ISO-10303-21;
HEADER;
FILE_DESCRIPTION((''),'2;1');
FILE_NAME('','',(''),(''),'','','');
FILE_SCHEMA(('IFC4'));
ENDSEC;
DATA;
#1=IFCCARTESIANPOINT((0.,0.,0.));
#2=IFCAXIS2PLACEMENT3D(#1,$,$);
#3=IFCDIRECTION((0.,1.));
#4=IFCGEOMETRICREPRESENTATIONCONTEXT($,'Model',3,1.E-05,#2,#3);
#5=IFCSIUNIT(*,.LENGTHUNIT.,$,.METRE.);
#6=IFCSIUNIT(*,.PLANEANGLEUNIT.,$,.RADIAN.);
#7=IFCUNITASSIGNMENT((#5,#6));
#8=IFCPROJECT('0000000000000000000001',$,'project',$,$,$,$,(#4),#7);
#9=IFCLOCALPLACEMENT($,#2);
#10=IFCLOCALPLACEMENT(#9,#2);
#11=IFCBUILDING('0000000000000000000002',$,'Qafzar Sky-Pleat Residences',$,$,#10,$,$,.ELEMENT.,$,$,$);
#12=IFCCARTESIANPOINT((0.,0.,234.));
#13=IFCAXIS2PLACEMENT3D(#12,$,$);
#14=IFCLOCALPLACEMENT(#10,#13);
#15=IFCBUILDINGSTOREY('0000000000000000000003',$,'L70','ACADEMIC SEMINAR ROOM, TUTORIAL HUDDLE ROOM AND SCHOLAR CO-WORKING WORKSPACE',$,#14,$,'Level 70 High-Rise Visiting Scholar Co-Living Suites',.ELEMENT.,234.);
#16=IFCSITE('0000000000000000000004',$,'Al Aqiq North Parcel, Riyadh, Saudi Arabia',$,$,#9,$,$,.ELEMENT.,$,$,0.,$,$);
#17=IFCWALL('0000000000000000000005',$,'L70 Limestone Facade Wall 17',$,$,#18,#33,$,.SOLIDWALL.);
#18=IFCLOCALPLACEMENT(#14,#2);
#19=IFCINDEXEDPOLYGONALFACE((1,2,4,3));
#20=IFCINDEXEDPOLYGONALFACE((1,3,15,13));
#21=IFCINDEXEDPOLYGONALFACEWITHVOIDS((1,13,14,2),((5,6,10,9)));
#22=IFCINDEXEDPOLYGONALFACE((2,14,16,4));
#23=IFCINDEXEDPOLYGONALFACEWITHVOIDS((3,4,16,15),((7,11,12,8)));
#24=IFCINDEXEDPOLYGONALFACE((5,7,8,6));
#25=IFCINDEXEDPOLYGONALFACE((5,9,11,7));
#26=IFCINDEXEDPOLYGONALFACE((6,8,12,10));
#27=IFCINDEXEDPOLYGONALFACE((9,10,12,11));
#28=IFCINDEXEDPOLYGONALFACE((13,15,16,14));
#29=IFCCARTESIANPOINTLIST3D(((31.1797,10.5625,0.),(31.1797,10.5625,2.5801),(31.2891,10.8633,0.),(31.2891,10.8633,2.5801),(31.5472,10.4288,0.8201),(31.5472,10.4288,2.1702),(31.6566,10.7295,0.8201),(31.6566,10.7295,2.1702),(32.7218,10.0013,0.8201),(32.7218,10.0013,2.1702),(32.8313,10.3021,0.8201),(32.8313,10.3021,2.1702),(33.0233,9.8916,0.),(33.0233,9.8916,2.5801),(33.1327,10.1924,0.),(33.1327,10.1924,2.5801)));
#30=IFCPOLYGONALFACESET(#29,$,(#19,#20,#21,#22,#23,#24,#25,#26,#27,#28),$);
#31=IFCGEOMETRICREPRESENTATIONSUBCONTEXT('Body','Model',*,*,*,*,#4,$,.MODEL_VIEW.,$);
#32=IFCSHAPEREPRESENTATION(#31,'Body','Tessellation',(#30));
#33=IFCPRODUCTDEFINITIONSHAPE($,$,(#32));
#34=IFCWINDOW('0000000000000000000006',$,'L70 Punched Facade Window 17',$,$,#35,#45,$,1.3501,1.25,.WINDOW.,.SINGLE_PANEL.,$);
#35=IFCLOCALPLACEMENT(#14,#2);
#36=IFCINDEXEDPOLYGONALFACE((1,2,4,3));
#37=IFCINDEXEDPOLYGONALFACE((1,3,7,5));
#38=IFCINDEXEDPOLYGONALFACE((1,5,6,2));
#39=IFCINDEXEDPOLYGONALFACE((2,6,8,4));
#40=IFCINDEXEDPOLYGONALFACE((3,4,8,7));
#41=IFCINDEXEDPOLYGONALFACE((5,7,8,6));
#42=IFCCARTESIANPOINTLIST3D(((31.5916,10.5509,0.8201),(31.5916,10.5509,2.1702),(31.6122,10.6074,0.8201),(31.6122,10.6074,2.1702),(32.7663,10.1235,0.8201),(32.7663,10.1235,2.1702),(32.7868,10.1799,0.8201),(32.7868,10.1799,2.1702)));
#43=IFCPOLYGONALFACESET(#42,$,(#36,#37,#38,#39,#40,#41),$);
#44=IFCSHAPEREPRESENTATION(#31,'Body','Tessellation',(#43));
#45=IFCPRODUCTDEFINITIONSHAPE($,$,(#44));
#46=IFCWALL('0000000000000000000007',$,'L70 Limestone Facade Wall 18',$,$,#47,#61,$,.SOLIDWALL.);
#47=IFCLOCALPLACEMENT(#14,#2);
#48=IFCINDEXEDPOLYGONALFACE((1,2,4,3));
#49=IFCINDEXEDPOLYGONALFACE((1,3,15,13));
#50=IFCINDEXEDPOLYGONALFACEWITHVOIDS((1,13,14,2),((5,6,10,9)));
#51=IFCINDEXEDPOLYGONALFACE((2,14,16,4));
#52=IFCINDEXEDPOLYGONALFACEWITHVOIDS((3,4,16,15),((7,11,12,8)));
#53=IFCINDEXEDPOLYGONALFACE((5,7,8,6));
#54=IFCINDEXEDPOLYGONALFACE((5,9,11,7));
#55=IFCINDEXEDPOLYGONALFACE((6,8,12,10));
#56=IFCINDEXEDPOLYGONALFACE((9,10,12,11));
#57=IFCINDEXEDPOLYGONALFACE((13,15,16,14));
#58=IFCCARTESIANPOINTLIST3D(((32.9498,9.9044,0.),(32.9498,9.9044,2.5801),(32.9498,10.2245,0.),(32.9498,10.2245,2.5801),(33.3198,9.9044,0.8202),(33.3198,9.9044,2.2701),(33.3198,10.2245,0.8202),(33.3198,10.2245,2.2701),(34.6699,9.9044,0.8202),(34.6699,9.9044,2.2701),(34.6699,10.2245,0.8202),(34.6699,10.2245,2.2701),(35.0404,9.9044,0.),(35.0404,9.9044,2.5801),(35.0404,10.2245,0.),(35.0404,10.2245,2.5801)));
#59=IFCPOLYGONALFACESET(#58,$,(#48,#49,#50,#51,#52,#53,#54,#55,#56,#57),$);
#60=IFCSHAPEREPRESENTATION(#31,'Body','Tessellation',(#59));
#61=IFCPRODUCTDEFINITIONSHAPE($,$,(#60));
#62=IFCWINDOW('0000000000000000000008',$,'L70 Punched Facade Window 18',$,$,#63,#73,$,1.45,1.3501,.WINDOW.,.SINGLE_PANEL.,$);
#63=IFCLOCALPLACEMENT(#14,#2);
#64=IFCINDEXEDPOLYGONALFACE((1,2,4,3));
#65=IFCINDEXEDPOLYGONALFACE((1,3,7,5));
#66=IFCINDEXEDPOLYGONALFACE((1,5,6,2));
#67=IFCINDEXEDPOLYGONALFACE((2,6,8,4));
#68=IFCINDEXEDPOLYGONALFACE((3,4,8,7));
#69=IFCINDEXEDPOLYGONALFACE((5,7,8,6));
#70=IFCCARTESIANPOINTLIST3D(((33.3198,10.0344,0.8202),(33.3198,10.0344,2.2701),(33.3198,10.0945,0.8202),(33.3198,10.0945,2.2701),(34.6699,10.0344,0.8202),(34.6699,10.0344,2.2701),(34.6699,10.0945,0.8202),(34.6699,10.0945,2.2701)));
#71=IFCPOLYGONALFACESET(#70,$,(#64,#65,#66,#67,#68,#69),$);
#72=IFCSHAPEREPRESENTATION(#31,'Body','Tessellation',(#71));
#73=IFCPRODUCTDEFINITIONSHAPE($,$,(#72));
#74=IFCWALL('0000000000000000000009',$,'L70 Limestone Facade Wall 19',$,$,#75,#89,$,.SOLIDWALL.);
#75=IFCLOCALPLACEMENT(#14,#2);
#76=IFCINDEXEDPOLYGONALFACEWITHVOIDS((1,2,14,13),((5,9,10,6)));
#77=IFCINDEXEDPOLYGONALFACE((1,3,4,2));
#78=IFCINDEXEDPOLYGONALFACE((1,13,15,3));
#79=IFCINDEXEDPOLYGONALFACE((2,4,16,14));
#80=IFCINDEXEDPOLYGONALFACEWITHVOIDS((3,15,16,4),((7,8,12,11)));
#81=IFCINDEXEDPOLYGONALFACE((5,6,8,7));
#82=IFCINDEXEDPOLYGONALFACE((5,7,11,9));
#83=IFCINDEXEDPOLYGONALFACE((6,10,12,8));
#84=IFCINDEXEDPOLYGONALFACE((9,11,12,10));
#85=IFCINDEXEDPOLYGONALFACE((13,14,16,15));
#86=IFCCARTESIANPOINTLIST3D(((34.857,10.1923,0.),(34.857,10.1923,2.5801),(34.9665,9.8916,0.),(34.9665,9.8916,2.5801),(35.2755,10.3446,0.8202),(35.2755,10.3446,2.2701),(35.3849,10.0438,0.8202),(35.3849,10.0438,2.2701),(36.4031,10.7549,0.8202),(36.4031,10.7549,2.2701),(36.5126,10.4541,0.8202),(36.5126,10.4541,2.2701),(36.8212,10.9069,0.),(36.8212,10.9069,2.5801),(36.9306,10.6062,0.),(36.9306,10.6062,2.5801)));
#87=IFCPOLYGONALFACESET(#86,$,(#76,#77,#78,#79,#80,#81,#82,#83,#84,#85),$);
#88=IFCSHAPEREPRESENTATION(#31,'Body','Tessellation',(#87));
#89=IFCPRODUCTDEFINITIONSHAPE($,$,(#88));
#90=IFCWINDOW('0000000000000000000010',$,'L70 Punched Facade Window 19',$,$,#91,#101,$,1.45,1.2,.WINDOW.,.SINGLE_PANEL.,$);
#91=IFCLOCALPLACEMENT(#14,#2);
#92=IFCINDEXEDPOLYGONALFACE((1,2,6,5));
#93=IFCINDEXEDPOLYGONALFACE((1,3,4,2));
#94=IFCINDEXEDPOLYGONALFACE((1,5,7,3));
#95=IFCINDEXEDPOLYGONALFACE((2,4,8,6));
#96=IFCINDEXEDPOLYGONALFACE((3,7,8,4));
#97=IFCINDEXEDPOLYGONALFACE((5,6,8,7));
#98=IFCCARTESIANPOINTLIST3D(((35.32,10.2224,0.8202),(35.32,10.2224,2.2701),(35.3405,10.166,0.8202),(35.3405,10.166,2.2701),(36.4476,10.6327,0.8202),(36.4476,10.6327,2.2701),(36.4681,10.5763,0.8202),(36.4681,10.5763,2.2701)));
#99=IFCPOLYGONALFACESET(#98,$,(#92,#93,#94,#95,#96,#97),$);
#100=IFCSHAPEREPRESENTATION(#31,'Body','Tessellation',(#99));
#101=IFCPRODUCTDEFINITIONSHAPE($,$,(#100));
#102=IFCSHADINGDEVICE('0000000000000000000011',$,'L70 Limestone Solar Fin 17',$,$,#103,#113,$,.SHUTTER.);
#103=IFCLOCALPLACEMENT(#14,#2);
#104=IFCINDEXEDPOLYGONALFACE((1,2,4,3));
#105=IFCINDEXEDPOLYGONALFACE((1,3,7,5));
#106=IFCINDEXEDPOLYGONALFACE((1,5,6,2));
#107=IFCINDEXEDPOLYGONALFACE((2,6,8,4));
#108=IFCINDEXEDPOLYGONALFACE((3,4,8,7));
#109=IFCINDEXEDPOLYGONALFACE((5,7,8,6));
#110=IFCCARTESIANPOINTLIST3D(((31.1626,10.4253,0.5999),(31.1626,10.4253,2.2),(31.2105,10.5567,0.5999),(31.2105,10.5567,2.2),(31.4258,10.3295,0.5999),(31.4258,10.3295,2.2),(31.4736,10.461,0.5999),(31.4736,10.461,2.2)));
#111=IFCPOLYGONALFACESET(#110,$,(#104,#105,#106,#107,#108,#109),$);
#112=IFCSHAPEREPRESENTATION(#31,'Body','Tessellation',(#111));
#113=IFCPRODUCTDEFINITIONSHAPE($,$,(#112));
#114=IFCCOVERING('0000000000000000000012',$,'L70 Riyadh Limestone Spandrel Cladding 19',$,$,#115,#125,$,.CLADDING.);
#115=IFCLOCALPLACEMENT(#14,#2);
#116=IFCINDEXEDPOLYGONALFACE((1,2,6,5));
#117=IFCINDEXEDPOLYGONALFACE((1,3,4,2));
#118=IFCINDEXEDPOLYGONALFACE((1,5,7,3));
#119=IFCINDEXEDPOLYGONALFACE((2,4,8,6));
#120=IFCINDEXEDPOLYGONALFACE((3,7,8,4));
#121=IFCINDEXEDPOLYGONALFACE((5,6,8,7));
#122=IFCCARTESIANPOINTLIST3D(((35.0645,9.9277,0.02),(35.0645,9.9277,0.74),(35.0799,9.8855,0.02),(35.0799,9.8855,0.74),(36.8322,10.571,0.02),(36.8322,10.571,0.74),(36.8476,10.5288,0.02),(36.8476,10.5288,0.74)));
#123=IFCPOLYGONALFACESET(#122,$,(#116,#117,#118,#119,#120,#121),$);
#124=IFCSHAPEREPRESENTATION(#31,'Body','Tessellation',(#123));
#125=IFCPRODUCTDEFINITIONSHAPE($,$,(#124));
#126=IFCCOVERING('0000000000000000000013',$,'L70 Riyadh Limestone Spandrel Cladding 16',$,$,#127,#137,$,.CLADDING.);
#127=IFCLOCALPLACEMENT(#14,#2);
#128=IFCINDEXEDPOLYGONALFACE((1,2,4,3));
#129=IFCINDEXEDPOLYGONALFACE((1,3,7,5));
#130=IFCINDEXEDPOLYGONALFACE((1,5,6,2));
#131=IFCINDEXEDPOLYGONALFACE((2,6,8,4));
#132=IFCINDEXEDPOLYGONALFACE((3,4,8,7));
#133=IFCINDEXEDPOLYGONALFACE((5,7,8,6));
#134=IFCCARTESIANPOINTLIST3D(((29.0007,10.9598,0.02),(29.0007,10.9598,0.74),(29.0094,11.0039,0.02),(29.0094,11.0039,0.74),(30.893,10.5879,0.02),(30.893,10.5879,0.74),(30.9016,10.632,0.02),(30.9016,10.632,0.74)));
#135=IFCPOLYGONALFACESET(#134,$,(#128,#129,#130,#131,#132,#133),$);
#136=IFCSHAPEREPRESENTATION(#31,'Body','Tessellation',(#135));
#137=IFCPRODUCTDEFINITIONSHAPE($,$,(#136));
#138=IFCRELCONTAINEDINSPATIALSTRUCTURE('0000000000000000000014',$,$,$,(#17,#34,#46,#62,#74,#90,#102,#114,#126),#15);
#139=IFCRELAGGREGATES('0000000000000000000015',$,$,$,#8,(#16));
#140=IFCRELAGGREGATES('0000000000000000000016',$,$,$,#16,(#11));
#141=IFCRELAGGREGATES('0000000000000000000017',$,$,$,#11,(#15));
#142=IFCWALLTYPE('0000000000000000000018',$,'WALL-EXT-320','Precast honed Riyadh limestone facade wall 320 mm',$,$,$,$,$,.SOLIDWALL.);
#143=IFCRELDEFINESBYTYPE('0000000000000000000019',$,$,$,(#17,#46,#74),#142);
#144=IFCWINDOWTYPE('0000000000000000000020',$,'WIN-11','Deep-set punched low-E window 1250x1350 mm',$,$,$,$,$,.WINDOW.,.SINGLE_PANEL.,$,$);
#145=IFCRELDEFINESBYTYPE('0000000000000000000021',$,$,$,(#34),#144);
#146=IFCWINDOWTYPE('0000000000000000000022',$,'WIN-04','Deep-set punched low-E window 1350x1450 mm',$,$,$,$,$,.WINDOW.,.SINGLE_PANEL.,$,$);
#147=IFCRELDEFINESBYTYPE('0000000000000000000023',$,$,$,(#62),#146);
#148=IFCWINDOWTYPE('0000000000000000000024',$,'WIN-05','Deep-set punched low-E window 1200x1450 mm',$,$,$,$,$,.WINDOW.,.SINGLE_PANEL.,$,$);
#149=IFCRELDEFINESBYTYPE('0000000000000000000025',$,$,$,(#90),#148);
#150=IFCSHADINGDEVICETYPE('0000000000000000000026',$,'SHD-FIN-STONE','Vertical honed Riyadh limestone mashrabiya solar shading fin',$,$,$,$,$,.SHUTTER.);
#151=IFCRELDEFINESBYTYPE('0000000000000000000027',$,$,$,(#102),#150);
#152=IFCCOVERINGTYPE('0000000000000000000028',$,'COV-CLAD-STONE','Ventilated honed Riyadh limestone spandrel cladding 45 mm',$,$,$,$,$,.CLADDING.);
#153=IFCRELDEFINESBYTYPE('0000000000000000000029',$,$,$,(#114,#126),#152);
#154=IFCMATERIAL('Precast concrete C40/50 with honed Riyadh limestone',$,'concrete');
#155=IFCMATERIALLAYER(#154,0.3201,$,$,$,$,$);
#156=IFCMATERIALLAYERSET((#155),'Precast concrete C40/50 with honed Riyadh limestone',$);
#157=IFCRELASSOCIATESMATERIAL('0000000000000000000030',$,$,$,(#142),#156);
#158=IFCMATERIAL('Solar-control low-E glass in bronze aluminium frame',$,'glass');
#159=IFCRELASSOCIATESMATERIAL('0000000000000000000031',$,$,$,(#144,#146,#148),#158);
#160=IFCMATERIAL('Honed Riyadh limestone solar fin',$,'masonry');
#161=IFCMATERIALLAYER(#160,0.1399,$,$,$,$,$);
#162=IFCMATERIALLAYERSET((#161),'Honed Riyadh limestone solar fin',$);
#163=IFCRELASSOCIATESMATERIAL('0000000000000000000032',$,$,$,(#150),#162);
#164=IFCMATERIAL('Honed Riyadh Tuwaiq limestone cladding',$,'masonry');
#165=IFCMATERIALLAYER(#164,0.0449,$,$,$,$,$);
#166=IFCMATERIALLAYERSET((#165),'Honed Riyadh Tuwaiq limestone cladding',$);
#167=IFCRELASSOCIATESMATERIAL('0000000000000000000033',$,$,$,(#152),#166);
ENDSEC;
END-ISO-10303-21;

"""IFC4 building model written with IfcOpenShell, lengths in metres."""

from ifc_helpers import new_model, si_unit, direction, frame, frame_2d, origin, origin_2d, place, context, subcontext, project, spatial, rectangle, extrude, source, transform, mapped, material, layer, layer_set, type_object, element, fill, save


model = new_model("IFC4")

# Units and contexts
model_context = context("Model", 3, precision=1e-05, world=origin(), true_north=direction((0.0, 1.0)))
body_context = subcontext(model_context, "Body", "Model", "MODEL_VIEW")
ifc_project = project(units=[si_unit("LENGTHUNIT", "METRE"), si_unit("PLANEANGLEUNIT", "RADIAN")], contexts=[model_context])

# Site, building, storey
site_placement = place(None, origin())
site = spatial("IfcSite", under=ifc_project, at=site_placement, Name="Al Aqiq North Parcel, Riyadh, Saudi Arabia", CompositionType="ELEMENT", RefElevation=0.0)
building_placement = place(site_placement, origin())
building = spatial("IfcBuilding", under=site, at=building_placement, Name="Qafzar Sky-Pleat Residences", CompositionType="ELEMENT")
storey_placement = place(building_placement, frame((0.0, 0.0, 234.0)))
storey = spatial("IfcBuildingStorey", under=building, at=storey_placement, Name="L70", Description="ACADEMIC SEMINAR ROOM, TUTORIAL HUDDLE ROOM AND SCHOLAR CO-WORKING WORKSPACE", LongName="Level 70 High-Rise Visiting Scholar Co-Living Suites", CompositionType="ELEMENT", Elevation=234.0)

# Walls, openings, windows
ifc_material_1 = material(Name="Precast concrete C40/50 with honed Riyadh limestone", Category="concrete")
ifc_layer_1 = layer(ifc_material_1, 0.3201)
ifc_layer_set_1 = layer_set([ifc_layer_1], Name="Precast concrete C40/50 with honed Riyadh limestone")
wall_type = type_object("IfcWallType", Name="WALL-EXT-320", Description="Precast honed Riyadh limestone facade wall 320 mm", PredefinedType="SOLIDWALL", material=ifc_layer_set_1)
ifc_material_2 = material(Name="Solar-control low-E glass in bronze aluminium frame", Category="glass")
wall_1_placement = place(storey_placement, frame((31.2344, 10.7129, 0.0), z_axis=(0.0, 0.0, 1.0), x_axis=(0.939721, -0.341943, 0.0)))
wall_1 = element("IfcWall", 1, at=wall_1_placement, inside=storey, type_object=wall_type, Name="L70 Limestone Facade Wall 17", PredefinedType="SOLIDWALL", context=body_context, shape_type="SweptSolid", body=[
    extrude(rectangle(XDim=1.9619, YDim=0.3201, at=frame_2d((0.981, 0.0))), origin(), (0.0, 0.0, 1.0), 2.5801),
])
opening_1_placement = place(wall_1_placement, frame((0.3911, 0.0, 0.8201)))
opening_1 = element("IfcOpeningElement", 2, at=opening_1_placement, cuts=wall_1, PredefinedType="OPENING", context=body_context, shape_type="SweptSolid", body=[
    extrude(rectangle(XDim=1.25, YDim=1.3501, at=frame_2d((0.625, 0.675))), frame((0.0, 0.1699, 0.0), z_axis=(0.0, -1.0, 0.0), x_axis=(1.0, 0.0, 0.0)), (0.0, 0.0, 1.0), 0.3401),
])
window_type_1 = type_object("IfcWindowType", Name="WIN-11", Description="Deep-set punched low-E window 1250x1350 mm", PartitioningType="SINGLE_PANEL", PredefinedType="WINDOW", material=ifc_material_2)
shared_shape_1 = source(origin(), body_context, "Body", "SweptSolid", [
    extrude(rectangle(XDim=1.25, YDim=1.3501, at=frame_2d((0.625, 0.675))), frame((0.0, 0.03, 0.0), z_axis=(0.0, -1.0, 0.0), x_axis=(1.0, 0.0, 0.0)), (0.0, 0.0, 1.0), 0.0601),
])
window_1_placement = place(opening_1_placement, origin())
window_1 = element("IfcWindow", 3, at=window_1_placement, inside=storey, type_object=window_type_1, Name="L70 Punched Facade Window 17", OverallHeight=1.3501, OverallWidth=1.25, PartitioningType="SINGLE_PANEL", PredefinedType="WINDOW", context=body_context, shape_type="MappedRepresentation", body=[
    mapped(shared_shape_1, transform((0.0, 0.0, 0.0), x_axis=(1.0, 0.0, 0.0), y_axis=(0.0, 1.0, 0.0), z_axis=(0.0, 0.0, 1.0), scale=1.0)),
])
fill(opening_1, window_1)
wall_2_placement = place(storey_placement, frame((32.9497, 10.0645, 0.0), z_axis=(0.0, 0.0, 1.0), x_axis=(1.0, 0.0, 0.0)))
wall_2 = element("IfcWall", 4, at=wall_2_placement, inside=storey, type_object=wall_type, Name="L70 Limestone Facade Wall 18", PredefinedType="SOLIDWALL", context=body_context, shape_type="SweptSolid", body=[
    extrude(rectangle(XDim=2.0906, YDim=0.3201, at=frame_2d((1.0454, 0.0))), origin(), (0.0, 0.0, 1.0), 2.5801),
])
opening_2_placement = place(wall_2_placement, frame((0.3701, 0.0, 0.8201)))
opening_2 = element("IfcOpeningElement", 5, at=opening_2_placement, cuts=wall_2, PredefinedType="OPENING", context=body_context, shape_type="SweptSolid", body=[
    extrude(rectangle(XDim=1.3501, YDim=1.45, at=frame_2d((0.675, 0.7251))), frame((0.0, 0.1699, 0.0), z_axis=(0.0, -1.0, 0.0), x_axis=(1.0, 0.0, 0.0)), (0.0, 0.0, 1.0), 0.3401),
])
window_type_2 = type_object("IfcWindowType", Name="WIN-04", Description="Deep-set punched low-E window 1350x1450 mm", PartitioningType="SINGLE_PANEL", PredefinedType="WINDOW", material=ifc_material_2)
shared_shape_2 = source(origin(), body_context, "Body", "SweptSolid", [
    extrude(rectangle(XDim=1.3501, YDim=1.45, at=frame_2d((0.675, 0.7251))), frame((0.0, 0.03, 0.0), z_axis=(0.0, -1.0, 0.0), x_axis=(1.0, 0.0, 0.0)), (0.0, 0.0, 1.0), 0.0601),
])
window_2_placement = place(opening_2_placement, origin())
window_2 = element("IfcWindow", 6, at=window_2_placement, inside=storey, type_object=window_type_2, Name="L70 Punched Facade Window 18", OverallHeight=1.45, OverallWidth=1.3501, PartitioningType="SINGLE_PANEL", PredefinedType="WINDOW", context=body_context, shape_type="MappedRepresentation", body=[
    mapped(shared_shape_2, transform((0.0, 0.0, 0.0), x_axis=(1.0, 0.0, 0.0), y_axis=(0.0, 1.0, 0.0), z_axis=(0.0, 0.0, 1.0), scale=1.0)),
])
fill(opening_2, window_2)
wall_3_placement = place(storey_placement, frame((34.9119, 10.042, 0.0), z_axis=(0.0, 0.0, 1.0), x_axis=(0.939735, 0.341902, 0.0)))
wall_3 = element("IfcWall", 7, at=wall_3_placement, inside=storey, type_object=wall_type, Name="L70 Limestone Facade Wall 19", PredefinedType="SOLIDWALL", context=body_context, shape_type="SweptSolid", body=[
    extrude(rectangle(XDim=2.0901, YDim=0.3201, at=frame_2d((1.0449, 0.0))), origin(), (0.0, 0.0, 1.0), 2.5801),
])
opening_3_placement = place(wall_3_placement, frame((0.4451, 0.0, 0.8201)))
opening_3 = element("IfcOpeningElement", 8, at=opening_3_placement, cuts=wall_3, PredefinedType="OPENING", context=body_context, shape_type="SweptSolid", body=[
    extrude(rectangle(XDim=1.2, YDim=1.45, at=frame_2d((0.6001, 0.7251))), frame((0.0, 0.1699, 0.0), z_axis=(0.0, -1.0, 0.0), x_axis=(1.0, 0.0, 0.0)), (0.0, 0.0, 1.0), 0.3401),
])
window_type_3 = type_object("IfcWindowType", Name="WIN-05", Description="Deep-set punched low-E window 1200x1450 mm", PartitioningType="SINGLE_PANEL", PredefinedType="WINDOW", material=ifc_material_2)
shared_shape_3 = source(origin(), body_context, "Body", "SweptSolid", [
    extrude(rectangle(XDim=1.2, YDim=1.45, at=frame_2d((0.6001, 0.7251))), frame((0.0, 0.03, 0.0), z_axis=(0.0, -1.0, 0.0), x_axis=(1.0, 0.0, 0.0)), (0.0, 0.0, 1.0), 0.0601),
])
window_3_placement = place(opening_3_placement, origin())
window_3 = element("IfcWindow", 9, at=window_3_placement, inside=storey, type_object=window_type_3, Name="L70 Punched Facade Window 19", OverallHeight=1.45, OverallWidth=1.2, PartitioningType="SINGLE_PANEL", PredefinedType="WINDOW", context=body_context, shape_type="MappedRepresentation", body=[
    mapped(shared_shape_3, transform((0.0, 0.0, 0.0), x_axis=(1.0, 0.0, 0.0), y_axis=(0.0, 1.0, 0.0), z_axis=(0.0, 0.0, 1.0), scale=1.0)),
])
fill(opening_3, window_3)

# Shading device
ifc_material_3 = material(Name="Honed Riyadh limestone solar fin", Category="masonry")
ifc_layer_2 = layer(ifc_material_3, 0.1399)
ifc_layer_set_2 = layer_set([ifc_layer_2], Name="Honed Riyadh limestone solar fin")
shading_device_type = type_object("IfcShadingDeviceType", Name="SHD-FIN-STONE", Description="Vertical honed Riyadh limestone mashrabiya solar shading fin", PredefinedType="SHUTTER", material=ifc_layer_set_2)
shared_shape_4 = source(origin(), body_context, "Body", "SweptSolid", [
    extrude(rectangle(XDim=0.1399, YDim=0.28, at=origin_2d()), origin(), (0.0, 0.0, 1.0), 1.6001),
])
shading_device_placement = place(storey_placement, frame((31.3181, 10.4431, 0.5999), z_axis=(0.0, 0.0, 1.0), x_axis=(-0.34201, -0.939696, 0.0)))
element("IfcShadingDevice", 10, at=shading_device_placement, inside=storey, type_object=shading_device_type, Name="L70 Limestone Solar Fin 17", PredefinedType="SHUTTER", context=body_context, shape_type="MappedRepresentation", body=[
    mapped(shared_shape_4, transform((0.0, 0.0, 0.0), x_axis=(1.0, 0.0, 0.0), y_axis=(0.0, 1.0, 0.0), z_axis=(0.0, 0.0, 1.0), scale=1.0)),
])

# Coverings
ifc_material_4 = material(Name="Honed Riyadh Tuwaiq limestone cladding", Category="masonry")
ifc_layer_3 = layer(ifc_material_4, 0.0449)
ifc_layer_set_3 = layer_set([ifc_layer_3], Name="Honed Riyadh Tuwaiq limestone cladding")
covering_type = type_object("IfcCoveringType", Name="COV-CLAD-STONE", Description="Ventilated honed Riyadh limestone spandrel cladding 45 mm", PredefinedType="CLADDING", material=ifc_layer_set_3)
shared_shape_5 = source(origin(), body_context, "Body", "SweptSolid", [
    extrude(rectangle(XDim=1.8811, YDim=0.0449, at=origin_2d()), origin(), (0.0, 0.0, 1.0), 0.72),
])
covering_1_placement = place(storey_placement, frame((35.9561, 10.2283, 0.02), z_axis=(0.0, 0.0, 1.0), x_axis=(0.93971, 0.341974, 0.0)))
element("IfcCovering", 11, at=covering_1_placement, inside=storey, type_object=covering_type, Name="L70 Riyadh Limestone Spandrel Cladding 19", PredefinedType="CLADDING", context=body_context, shape_type="MappedRepresentation", body=[
    mapped(shared_shape_5, transform((0.0, 0.0, 0.0), x_axis=(1.0, 0.0, 0.0), y_axis=(0.0, 1.0, 0.0), z_axis=(0.0, 0.0, 1.0), scale=1.0)),
])
shared_shape_6 = source(origin(), body_context, "Body", "SweptSolid", [
    extrude(rectangle(XDim=1.9285, YDim=0.0449, at=origin_2d()), origin(), (0.0, 0.0, 1.0), 0.72),
])
covering_2_placement = place(storey_placement, frame((29.9512, 10.7959, 0.02), z_axis=(0.0, 0.0, 1.0), x_axis=(0.98123, -0.192839, 0.0)))
element("IfcCovering", 12, at=covering_2_placement, inside=storey, type_object=covering_type, Name="L70 Riyadh Limestone Spandrel Cladding 16", PredefinedType="CLADDING", context=body_context, shape_type="MappedRepresentation", body=[
    mapped(shared_shape_6, transform((0.0, 0.0, 0.0), x_axis=(1.0, 0.0, 0.0), y_axis=(0.0, 1.0, 0.0), z_axis=(0.0, 0.0, 1.0), scale=1.0)),
])

save(model, "model.ifc")
